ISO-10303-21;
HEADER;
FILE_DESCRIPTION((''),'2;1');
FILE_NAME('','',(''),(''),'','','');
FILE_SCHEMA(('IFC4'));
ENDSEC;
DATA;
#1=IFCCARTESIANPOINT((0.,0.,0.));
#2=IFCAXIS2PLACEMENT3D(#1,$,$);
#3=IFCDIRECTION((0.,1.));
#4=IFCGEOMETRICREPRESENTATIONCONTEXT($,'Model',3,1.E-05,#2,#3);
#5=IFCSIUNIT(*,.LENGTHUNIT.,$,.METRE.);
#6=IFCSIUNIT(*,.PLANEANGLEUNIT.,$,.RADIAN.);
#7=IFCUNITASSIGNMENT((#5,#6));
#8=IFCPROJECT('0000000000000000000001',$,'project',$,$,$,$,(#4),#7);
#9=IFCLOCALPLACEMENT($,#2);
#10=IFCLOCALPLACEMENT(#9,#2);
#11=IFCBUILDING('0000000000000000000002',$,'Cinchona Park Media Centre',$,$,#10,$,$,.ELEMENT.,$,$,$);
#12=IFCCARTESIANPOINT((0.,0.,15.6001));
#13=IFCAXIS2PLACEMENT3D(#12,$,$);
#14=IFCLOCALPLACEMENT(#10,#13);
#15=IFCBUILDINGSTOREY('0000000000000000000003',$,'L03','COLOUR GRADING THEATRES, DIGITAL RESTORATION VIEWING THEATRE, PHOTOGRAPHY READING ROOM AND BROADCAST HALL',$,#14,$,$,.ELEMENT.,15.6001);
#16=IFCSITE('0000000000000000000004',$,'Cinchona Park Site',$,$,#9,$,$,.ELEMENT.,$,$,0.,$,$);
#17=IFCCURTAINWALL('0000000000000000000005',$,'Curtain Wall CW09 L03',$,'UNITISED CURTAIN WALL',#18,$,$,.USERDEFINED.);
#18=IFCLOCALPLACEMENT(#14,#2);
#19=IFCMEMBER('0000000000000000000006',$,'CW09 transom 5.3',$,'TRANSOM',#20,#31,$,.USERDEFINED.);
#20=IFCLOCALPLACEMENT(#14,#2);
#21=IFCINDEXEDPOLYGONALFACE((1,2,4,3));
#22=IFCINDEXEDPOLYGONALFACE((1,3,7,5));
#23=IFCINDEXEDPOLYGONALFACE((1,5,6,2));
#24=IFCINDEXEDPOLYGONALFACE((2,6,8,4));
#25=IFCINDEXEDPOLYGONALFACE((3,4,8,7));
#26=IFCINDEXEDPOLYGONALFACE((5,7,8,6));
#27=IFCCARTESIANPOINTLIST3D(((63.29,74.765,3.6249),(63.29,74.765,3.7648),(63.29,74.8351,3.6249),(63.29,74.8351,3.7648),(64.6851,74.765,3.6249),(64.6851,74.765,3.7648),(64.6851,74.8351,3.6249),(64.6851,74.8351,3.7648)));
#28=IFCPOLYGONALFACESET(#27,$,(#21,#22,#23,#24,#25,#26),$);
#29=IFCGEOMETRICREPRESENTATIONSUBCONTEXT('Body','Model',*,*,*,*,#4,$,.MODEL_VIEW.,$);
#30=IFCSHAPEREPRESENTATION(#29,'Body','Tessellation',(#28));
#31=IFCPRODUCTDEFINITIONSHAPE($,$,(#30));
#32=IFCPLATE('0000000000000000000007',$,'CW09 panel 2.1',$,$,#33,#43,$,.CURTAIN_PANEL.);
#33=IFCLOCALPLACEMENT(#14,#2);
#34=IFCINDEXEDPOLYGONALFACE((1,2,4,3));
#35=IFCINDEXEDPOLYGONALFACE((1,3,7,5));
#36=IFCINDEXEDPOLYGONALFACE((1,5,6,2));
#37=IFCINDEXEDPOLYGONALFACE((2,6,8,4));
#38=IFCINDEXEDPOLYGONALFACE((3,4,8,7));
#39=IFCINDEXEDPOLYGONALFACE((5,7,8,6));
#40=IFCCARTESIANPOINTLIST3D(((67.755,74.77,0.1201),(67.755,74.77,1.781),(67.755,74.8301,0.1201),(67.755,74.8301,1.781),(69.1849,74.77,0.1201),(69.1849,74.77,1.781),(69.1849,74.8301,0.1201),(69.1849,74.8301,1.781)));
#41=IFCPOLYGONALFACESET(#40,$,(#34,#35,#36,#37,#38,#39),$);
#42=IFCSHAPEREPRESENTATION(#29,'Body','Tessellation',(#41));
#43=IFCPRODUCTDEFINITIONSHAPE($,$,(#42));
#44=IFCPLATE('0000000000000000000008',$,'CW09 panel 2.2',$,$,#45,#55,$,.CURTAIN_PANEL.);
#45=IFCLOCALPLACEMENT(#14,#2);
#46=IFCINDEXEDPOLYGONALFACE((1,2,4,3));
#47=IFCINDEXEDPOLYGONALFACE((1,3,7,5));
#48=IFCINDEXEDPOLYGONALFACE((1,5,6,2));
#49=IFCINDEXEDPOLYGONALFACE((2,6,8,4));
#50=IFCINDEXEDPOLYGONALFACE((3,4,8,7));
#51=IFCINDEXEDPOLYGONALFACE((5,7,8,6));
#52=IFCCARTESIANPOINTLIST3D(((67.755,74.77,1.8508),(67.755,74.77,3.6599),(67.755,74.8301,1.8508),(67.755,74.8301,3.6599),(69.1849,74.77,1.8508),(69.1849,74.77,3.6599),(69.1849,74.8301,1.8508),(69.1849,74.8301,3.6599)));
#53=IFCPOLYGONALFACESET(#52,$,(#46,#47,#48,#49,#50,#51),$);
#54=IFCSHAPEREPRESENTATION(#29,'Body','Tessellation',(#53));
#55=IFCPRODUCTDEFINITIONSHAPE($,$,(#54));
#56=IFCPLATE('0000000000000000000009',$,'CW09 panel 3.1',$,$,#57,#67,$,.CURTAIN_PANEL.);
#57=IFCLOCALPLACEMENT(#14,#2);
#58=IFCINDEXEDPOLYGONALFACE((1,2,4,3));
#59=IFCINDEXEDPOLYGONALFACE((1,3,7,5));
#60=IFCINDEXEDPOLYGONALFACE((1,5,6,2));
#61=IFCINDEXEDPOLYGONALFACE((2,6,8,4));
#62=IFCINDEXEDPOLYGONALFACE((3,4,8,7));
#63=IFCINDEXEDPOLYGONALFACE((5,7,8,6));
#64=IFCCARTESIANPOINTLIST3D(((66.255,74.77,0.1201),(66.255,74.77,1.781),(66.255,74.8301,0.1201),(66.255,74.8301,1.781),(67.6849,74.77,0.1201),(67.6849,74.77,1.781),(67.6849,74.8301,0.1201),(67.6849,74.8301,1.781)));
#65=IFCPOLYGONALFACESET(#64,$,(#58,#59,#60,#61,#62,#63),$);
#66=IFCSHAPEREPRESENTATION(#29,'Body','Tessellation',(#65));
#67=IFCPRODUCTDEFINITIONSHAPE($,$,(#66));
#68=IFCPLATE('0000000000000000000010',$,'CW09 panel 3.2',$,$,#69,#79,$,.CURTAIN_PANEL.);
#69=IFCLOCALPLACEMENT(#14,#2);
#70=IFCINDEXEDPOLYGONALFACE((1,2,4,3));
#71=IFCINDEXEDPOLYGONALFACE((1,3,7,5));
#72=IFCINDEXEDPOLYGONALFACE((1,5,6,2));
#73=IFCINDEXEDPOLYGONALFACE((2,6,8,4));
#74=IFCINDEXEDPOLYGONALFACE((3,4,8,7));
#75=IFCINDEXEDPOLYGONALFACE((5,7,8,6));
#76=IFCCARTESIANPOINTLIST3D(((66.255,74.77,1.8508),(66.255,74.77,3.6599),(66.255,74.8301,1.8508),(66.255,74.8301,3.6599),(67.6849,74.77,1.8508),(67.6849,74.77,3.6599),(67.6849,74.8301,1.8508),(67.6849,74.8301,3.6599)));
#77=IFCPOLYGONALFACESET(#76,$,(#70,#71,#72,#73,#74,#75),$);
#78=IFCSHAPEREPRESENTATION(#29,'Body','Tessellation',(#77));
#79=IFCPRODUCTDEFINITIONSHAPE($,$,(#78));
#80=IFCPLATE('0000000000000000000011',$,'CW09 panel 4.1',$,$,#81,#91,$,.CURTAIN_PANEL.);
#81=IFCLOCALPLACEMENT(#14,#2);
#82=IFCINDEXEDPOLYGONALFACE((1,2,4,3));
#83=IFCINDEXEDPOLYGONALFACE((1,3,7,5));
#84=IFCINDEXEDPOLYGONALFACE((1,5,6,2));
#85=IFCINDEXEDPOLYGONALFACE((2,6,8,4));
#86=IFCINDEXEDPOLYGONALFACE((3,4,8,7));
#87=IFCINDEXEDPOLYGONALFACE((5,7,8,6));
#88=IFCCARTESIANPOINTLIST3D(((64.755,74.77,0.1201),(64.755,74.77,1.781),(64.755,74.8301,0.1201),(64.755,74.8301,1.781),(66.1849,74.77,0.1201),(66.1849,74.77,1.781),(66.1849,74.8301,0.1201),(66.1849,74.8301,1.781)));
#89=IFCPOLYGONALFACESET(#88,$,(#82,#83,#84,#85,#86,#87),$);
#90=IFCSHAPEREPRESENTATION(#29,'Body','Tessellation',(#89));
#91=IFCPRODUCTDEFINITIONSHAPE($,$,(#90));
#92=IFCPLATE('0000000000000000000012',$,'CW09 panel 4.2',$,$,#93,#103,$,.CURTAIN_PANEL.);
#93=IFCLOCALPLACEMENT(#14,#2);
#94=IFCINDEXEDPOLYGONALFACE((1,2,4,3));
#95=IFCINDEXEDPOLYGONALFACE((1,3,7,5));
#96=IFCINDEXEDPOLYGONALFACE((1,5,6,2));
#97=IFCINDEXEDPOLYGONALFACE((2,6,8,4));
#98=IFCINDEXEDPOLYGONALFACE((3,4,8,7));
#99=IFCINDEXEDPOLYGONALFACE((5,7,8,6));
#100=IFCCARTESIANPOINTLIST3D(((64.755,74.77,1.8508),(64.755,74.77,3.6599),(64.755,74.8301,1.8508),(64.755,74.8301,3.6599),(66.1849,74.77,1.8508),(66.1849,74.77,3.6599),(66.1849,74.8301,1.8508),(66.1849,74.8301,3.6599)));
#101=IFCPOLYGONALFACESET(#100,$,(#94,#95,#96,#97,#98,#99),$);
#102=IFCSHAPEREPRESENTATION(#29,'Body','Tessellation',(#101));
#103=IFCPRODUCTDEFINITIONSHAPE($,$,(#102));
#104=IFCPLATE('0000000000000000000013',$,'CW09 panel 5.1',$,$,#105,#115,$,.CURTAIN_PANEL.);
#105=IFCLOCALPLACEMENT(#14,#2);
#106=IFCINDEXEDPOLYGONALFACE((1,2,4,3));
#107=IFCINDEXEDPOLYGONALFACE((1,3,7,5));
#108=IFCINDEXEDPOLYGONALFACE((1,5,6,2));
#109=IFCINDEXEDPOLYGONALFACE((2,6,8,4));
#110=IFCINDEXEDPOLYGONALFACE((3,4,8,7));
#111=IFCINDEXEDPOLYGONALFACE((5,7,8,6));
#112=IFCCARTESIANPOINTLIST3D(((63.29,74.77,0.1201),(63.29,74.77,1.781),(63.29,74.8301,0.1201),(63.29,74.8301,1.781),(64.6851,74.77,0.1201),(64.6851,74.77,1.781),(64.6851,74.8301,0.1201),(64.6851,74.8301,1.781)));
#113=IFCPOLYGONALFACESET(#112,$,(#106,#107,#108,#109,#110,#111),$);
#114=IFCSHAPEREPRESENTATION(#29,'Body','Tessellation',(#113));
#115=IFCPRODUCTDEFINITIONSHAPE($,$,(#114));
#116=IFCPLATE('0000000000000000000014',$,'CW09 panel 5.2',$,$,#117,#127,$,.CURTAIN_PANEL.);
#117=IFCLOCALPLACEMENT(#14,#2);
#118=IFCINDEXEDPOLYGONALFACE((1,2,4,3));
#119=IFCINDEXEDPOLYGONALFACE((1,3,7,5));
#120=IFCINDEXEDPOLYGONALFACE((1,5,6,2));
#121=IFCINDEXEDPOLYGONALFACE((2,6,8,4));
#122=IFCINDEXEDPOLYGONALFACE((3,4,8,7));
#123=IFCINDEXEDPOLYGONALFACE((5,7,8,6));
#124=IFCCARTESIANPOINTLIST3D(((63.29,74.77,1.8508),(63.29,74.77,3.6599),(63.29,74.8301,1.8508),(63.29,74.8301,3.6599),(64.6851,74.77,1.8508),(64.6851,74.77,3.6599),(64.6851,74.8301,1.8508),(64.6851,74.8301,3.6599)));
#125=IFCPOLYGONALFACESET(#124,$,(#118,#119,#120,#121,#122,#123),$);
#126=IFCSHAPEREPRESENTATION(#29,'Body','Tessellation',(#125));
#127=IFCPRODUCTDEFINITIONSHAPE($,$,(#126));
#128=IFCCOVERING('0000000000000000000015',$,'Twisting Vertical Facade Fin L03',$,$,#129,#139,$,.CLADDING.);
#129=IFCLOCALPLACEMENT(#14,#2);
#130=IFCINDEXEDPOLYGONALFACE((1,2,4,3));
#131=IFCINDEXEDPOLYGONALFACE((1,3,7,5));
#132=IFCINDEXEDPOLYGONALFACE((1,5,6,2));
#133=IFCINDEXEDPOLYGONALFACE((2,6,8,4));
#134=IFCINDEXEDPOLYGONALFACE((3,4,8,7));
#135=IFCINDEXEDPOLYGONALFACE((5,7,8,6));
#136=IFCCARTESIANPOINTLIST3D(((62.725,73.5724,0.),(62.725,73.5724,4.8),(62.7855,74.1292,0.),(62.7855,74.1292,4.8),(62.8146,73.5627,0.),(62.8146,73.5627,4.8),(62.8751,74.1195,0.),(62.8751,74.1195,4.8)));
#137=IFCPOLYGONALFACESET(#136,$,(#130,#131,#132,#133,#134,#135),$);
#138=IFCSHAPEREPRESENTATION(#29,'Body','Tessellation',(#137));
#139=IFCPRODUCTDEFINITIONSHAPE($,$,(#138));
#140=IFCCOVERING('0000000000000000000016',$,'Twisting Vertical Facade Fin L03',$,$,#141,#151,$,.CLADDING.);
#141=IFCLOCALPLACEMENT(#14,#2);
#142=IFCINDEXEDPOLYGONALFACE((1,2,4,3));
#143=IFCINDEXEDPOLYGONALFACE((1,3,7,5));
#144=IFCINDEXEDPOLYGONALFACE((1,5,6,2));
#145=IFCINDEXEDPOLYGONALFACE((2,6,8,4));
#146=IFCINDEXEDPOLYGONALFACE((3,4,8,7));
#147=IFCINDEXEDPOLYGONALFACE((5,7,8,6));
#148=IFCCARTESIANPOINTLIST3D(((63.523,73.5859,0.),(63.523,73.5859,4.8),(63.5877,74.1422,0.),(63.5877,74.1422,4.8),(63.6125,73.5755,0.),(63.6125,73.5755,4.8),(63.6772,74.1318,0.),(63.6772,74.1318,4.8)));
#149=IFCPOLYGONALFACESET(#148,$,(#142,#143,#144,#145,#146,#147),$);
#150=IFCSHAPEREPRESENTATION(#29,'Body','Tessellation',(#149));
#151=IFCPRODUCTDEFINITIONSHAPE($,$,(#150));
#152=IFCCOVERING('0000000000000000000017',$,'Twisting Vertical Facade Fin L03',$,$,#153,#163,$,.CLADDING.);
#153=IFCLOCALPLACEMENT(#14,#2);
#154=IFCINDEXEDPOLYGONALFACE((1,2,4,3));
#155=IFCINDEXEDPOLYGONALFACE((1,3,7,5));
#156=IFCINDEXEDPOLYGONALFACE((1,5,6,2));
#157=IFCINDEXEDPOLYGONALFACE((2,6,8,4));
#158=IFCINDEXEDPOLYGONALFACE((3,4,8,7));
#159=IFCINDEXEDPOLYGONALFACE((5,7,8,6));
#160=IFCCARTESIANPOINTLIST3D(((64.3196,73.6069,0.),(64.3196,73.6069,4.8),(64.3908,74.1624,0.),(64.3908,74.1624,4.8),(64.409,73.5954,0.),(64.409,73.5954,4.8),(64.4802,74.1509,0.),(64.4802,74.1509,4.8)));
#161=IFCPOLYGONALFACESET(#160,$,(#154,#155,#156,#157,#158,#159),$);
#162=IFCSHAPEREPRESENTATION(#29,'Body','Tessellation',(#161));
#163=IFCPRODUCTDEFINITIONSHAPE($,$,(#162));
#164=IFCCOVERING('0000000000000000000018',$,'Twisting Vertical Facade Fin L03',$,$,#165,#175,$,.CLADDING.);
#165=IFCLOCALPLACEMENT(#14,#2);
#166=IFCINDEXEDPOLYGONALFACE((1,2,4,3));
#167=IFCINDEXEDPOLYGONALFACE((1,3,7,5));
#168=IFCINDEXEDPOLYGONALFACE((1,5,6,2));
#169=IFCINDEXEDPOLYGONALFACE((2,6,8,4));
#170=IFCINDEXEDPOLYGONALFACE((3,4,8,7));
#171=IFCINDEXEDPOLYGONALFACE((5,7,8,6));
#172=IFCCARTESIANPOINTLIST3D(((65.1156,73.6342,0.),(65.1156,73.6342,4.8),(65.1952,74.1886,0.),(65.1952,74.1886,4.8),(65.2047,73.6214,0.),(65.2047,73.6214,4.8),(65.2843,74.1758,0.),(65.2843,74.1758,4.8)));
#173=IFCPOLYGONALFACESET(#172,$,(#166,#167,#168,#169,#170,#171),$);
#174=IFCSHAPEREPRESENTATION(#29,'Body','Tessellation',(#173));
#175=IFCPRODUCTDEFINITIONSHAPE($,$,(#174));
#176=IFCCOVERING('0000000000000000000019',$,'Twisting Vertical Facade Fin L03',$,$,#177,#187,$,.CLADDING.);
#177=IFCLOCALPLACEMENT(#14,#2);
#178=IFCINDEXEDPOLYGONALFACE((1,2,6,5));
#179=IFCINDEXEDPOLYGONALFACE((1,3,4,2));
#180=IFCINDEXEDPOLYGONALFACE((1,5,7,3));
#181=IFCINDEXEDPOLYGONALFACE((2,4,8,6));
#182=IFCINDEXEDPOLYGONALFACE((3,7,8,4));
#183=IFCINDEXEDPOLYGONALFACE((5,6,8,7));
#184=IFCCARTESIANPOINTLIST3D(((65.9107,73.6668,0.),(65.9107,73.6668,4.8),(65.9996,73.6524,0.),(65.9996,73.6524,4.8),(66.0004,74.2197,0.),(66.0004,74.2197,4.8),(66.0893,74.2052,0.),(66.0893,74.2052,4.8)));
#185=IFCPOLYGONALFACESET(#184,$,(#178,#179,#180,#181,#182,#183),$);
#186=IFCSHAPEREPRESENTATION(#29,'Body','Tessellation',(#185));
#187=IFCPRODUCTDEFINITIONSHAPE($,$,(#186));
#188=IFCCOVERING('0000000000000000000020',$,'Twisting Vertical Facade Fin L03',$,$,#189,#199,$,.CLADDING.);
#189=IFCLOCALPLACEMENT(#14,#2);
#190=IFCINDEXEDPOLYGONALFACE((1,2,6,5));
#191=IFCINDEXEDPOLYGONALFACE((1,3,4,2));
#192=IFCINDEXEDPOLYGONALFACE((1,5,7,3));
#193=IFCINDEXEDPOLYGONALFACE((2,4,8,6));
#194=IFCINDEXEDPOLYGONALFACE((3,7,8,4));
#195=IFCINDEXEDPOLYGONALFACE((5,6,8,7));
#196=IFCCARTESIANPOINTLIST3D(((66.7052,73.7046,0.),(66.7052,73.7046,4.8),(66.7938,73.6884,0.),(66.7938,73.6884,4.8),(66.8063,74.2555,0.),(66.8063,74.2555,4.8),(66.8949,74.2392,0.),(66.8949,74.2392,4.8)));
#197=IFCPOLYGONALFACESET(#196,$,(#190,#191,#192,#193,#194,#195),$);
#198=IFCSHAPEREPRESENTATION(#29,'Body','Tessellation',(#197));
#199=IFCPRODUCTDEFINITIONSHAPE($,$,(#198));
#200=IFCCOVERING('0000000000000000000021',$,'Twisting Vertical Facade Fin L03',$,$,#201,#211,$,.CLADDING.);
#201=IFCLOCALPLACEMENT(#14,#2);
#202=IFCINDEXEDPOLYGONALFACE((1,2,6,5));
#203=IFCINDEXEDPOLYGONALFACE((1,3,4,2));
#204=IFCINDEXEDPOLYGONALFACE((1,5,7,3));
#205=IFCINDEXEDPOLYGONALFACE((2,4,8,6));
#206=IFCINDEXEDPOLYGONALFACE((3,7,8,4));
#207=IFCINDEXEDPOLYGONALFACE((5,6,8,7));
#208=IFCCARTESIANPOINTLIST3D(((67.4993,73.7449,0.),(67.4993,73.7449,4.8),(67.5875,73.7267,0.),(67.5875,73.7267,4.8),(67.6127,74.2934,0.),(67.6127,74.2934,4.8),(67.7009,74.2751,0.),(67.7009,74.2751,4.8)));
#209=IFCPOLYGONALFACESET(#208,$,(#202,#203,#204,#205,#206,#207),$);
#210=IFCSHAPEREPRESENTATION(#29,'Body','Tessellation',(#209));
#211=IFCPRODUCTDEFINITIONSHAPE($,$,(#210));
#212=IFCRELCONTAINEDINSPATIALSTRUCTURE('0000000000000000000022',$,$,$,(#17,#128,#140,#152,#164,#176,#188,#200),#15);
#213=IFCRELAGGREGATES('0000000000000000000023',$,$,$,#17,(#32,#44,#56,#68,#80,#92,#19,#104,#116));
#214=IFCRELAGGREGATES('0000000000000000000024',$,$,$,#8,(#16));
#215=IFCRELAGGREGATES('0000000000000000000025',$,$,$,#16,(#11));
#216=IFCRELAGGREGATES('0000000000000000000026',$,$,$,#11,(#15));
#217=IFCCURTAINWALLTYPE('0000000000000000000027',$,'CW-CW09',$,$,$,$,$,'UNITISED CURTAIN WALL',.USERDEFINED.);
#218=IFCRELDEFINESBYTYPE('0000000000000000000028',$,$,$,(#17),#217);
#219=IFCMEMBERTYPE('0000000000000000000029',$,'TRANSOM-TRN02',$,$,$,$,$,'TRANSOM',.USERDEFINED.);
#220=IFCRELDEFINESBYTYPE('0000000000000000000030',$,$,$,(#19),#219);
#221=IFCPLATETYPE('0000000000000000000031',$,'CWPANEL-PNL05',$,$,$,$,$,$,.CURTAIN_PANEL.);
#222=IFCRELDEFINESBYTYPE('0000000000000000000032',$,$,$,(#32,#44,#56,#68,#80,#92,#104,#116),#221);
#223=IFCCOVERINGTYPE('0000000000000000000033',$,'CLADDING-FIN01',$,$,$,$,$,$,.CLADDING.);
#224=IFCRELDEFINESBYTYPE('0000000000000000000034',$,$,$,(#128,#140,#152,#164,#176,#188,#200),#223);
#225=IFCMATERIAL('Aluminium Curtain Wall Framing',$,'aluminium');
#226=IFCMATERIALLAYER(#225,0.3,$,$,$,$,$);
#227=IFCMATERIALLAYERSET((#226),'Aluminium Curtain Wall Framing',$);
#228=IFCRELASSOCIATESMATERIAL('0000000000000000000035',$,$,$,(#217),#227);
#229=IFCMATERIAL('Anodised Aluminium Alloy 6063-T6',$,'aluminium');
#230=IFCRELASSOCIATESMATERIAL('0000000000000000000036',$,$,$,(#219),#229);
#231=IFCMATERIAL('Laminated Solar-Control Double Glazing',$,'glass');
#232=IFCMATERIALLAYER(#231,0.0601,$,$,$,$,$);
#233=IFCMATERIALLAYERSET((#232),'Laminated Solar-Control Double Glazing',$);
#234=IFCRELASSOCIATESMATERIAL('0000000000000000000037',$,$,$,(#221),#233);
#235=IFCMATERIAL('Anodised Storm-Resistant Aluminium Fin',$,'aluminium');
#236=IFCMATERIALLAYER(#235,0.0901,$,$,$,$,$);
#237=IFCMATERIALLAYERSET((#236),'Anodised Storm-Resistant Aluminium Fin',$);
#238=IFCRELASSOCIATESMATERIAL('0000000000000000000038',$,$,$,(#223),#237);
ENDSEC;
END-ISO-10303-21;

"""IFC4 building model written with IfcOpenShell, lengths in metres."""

from ifc_helpers import new_model, si_unit, direction, frame, origin, origin_2d, place, context, subcontext, project, spatial, rectangle, extrude, material, layer, layer_set, material_profile, profile_set, type_object, element, aggregate, save


model = new_model("IFC4")

# Units and contexts
model_context = context("Model", 3, precision=1e-05, world=origin(), true_north=direction((0.0, 1.0)))
body_context = subcontext(model_context, "Body", "Model", "MODEL_VIEW")
ifc_project = project(units=[si_unit("LENGTHUNIT", "METRE"), si_unit("PLANEANGLEUNIT", "RADIAN")], contexts=[model_context])

# Site, building, storey
site_placement = place(None, origin())
site = spatial("IfcSite", under=ifc_project, at=site_placement, Name="Cinchona Park Site", CompositionType="ELEMENT", RefElevation=0.0)
building_placement = place(site_placement, origin())
building = spatial("IfcBuilding", under=site, at=building_placement, Name="Cinchona Park Media Centre", CompositionType="ELEMENT")
storey_placement = place(building_placement, frame((0.0, 0.0, 15.6001)))
storey = spatial("IfcBuildingStorey", under=building, at=storey_placement, Name="L03", Description="COLOUR GRADING THEATRES, DIGITAL RESTORATION VIEWING THEATRE, PHOTOGRAPHY READING ROOM AND BROADCAST HALL", CompositionType="ELEMENT", Elevation=15.6001)

# Curtain wall, member, plates
ifc_material_1 = material(Name="Aluminium Curtain Wall Framing", Category="aluminium")
ifc_layer_1 = layer(ifc_material_1, 0.3)
ifc_layer_set_1 = layer_set([ifc_layer_1], Name="Aluminium Curtain Wall Framing")
curtain_wall_type = type_object("IfcCurtainWallType", Name="CW-CW09", ElementType="UNITISED CURTAIN WALL", PredefinedType="USERDEFINED", material=ifc_layer_set_1)
curtain_wall_placement = place(storey_placement, origin())
curtain_wall = element("IfcCurtainWall", 1, at=curtain_wall_placement, inside=storey, type_object=curtain_wall_type, Name="Curtain Wall CW09 L03", ObjectType="UNITISED CURTAIN WALL", PredefinedType="USERDEFINED")
ifc_material_2 = material(Name="Anodised Aluminium Alloy 6063-T6", Category="aluminium")
ifc_material_profile_1 = material_profile(ifc_material_2, rectangle(XDim=0.0701, YDim=0.1399, at=origin_2d()), Name="TRN-70X140")
ifc_profile_set_1 = profile_set([ifc_material_profile_1], Name="Anodised Aluminium Alloy 6063-T6")
member_type_1 = type_object("IfcMemberType", Name="TRANSOM-TRN02", ElementType="TRANSOM", PredefinedType="USERDEFINED", material=ifc_profile_set_1)
member_1_placement = place(storey_placement, frame((64.6851, 74.8, 3.6948), z_axis=(-1.0, 0.0, 0.0), x_axis=(0.0, -1.0, 0.0)))
member_1 = element("IfcMember", 2, at=member_1_placement, type_object=member_type_1, Name="CW09 transom 5.3", ObjectType="TRANSOM", PredefinedType="USERDEFINED", context=body_context, shape_type="SweptSolid", body=[
    extrude(rectangle(XDim=0.0701, YDim=0.1399, at=origin_2d()), origin(), (0.0, 0.0, 1.0), 1.395),
])
ifc_material_3 = material(Name="Laminated Solar-Control Double Glazing", Category="glass")
ifc_layer_2 = layer(ifc_material_3, 0.0601)
ifc_layer_set_2 = layer_set([ifc_layer_2], Name="Laminated Solar-Control Double Glazing")
plate_type = type_object("IfcPlateType", Name="CWPANEL-PNL05", PredefinedType="CURTAIN_PANEL", material=ifc_layer_set_2)
plate_1_placement = place(storey_placement, frame((68.47, 74.8, 0.1201), z_axis=(0.0, 0.0, 1.0), x_axis=(-1.0, 0.0, 0.0)))
plate_1 = element("IfcPlate", 3, at=plate_1_placement, type_object=plate_type, Name="CW09 panel 2.1", PredefinedType="CURTAIN_PANEL", context=body_context, shape_type="SweptSolid", body=[
    extrude(rectangle(XDim=1.4299, YDim=0.0601, at=origin_2d()), origin(), (0.0, 0.0, 1.0), 1.6609),
])
plate_2_placement = place(storey_placement, frame((68.47, 74.8, 1.8508), z_axis=(0.0, 0.0, 1.0), x_axis=(-1.0, 0.0, 0.0)))
plate_2 = element("IfcPlate", 4, at=plate_2_placement, type_object=plate_type, Name="CW09 panel 2.2", PredefinedType="CURTAIN_PANEL", context=body_context, shape_type="SweptSolid", body=[
    extrude(rectangle(XDim=1.4299, YDim=0.0601, at=origin_2d()), origin(), (0.0, 0.0, 1.0), 1.8091),
])
plate_3_placement = place(storey_placement, frame((66.97, 74.8, 0.1201), z_axis=(0.0, 0.0, 1.0), x_axis=(-1.0, 0.0, 0.0)))
plate_3 = element("IfcPlate", 5, at=plate_3_placement, type_object=plate_type, Name="CW09 panel 3.1", PredefinedType="CURTAIN_PANEL", context=body_context, shape_type="SweptSolid", body=[
    extrude(rectangle(XDim=1.4299, YDim=0.0601, at=origin_2d()), origin(), (0.0, 0.0, 1.0), 1.6609),
])
plate_4_placement = place(storey_placement, frame((66.97, 74.8, 1.8508), z_axis=(0.0, 0.0, 1.0), x_axis=(-1.0, 0.0, 0.0)))
plate_4 = element("IfcPlate", 6, at=plate_4_placement, type_object=plate_type, Name="CW09 panel 3.2", PredefinedType="CURTAIN_PANEL", context=body_context, shape_type="SweptSolid", body=[
    extrude(rectangle(XDim=1.4299, YDim=0.0601, at=origin_2d()), origin(), (0.0, 0.0, 1.0), 1.8091),
])
plate_5_placement = place(storey_placement, frame((65.47, 74.8, 0.1201), z_axis=(0.0, 0.0, 1.0), x_axis=(-1.0, 0.0, 0.0)))
plate_5 = element("IfcPlate", 7, at=plate_5_placement, type_object=plate_type, Name="CW09 panel 4.1", PredefinedType="CURTAIN_PANEL", context=body_context, shape_type="SweptSolid", body=[
    extrude(rectangle(XDim=1.4299, YDim=0.0601, at=origin_2d()), origin(), (0.0, 0.0, 1.0), 1.6609),
])
plate_6_placement = place(storey_placement, frame((65.47, 74.8, 1.8508), z_axis=(0.0, 0.0, 1.0), x_axis=(-1.0, 0.0, 0.0)))
plate_6 = element("IfcPlate", 8, at=plate_6_placement, type_object=plate_type, Name="CW09 panel 4.2", PredefinedType="CURTAIN_PANEL", context=body_context, shape_type="SweptSolid", body=[
    extrude(rectangle(XDim=1.4299, YDim=0.0601, at=origin_2d()), origin(), (0.0, 0.0, 1.0), 1.8091),
])
plate_7_placement = place(storey_placement, frame((63.9875, 74.8, 0.1201), z_axis=(0.0, 0.0, 1.0), x_axis=(-1.0, 0.0, 0.0)))
plate_7 = element("IfcPlate", 9, at=plate_7_placement, type_object=plate_type, Name="CW09 panel 5.1", PredefinedType="CURTAIN_PANEL", context=body_context, shape_type="SweptSolid", body=[
    extrude(rectangle(XDim=1.395, YDim=0.0601, at=origin_2d()), origin(), (0.0, 0.0, 1.0), 1.6609),
])
plate_8_placement = place(storey_placement, frame((63.9875, 74.8, 1.8508), z_axis=(0.0, 0.0, 1.0), x_axis=(-1.0, 0.0, 0.0)))
plate_8 = element("IfcPlate", 10, at=plate_8_placement, type_object=plate_type, Name="CW09 panel 5.2", PredefinedType="CURTAIN_PANEL", context=body_context, shape_type="SweptSolid", body=[
    extrude(rectangle(XDim=1.395, YDim=0.0601, at=origin_2d()), origin(), (0.0, 0.0, 1.0), 1.8091),
])
aggregate(curtain_wall, [plate_1, plate_2, plate_3, plate_4, plate_5, plate_6, member_1, plate_7, plate_8])

# Coverings
ifc_material_4 = material(Name="Anodised Storm-Resistant Aluminium Fin", Category="aluminium")
ifc_layer_3 = layer(ifc_material_4, 0.0901)
ifc_layer_set_3 = layer_set([ifc_layer_3], Name="Anodised Storm-Resistant Aluminium Fin")
covering_type = type_object("IfcCoveringType", Name="CLADDING-FIN01", PredefinedType="CLADDING", material=ifc_layer_set_3)
for number, where, z_axis, x_axis, name in (
    (11, (62.8, 73.8459, 0.0), (0.0, 0.0, 1.0), (0.107999, 0.994151, 0.0), "Twisting Vertical Facade Fin L03"),
    (12, (63.6001, 73.8589, 0.0), (0.0, 0.0, 1.0), (0.115457, 0.993312, 0.0), "Twisting Vertical Facade Fin L03"),
    (13, (64.3999, 73.8789, 0.0), (0.0, 0.0, 1.0), (0.127065, 0.991894, 0.0), "Twisting Vertical Facade Fin L03"),
    (14, (65.2, 73.905, 0.0), (0.0, 0.0, 1.0), (0.142111, 0.989851, 0.0), "Twisting Vertical Facade Fin L03"),
    (15, (66.0, 73.936, 0.0), (0.0, 0.0, 1.0), (0.160226, 0.98708, 0.0), "Twisting Vertical Facade Fin L03"),
    (16, (66.8, 73.9719, 0.0), (0.0, 0.0, 1.0), (0.180519, 0.983571, 0.0), "Twisting Vertical Facade Fin L03"),
    (17, (67.6001, 74.01, 0.0), (0.0, 0.0, 1.0), (0.202445, 0.979294, 0.0), "Twisting Vertical Facade Fin L03"),
):
    element("IfcCovering", number, at=place(storey_placement, frame(where, z_axis=z_axis, x_axis=x_axis)), inside=storey, type_object=covering_type, Name=name, PredefinedType="CLADDING", context=body_context, shape_type="SweptSolid", body=[
        extrude(rectangle(XDim=0.5601, YDim=0.0901, at=origin_2d()), origin(), (0.0, 0.0, 1.0), 4.8),
    ])

save(model, "model.ifc")
